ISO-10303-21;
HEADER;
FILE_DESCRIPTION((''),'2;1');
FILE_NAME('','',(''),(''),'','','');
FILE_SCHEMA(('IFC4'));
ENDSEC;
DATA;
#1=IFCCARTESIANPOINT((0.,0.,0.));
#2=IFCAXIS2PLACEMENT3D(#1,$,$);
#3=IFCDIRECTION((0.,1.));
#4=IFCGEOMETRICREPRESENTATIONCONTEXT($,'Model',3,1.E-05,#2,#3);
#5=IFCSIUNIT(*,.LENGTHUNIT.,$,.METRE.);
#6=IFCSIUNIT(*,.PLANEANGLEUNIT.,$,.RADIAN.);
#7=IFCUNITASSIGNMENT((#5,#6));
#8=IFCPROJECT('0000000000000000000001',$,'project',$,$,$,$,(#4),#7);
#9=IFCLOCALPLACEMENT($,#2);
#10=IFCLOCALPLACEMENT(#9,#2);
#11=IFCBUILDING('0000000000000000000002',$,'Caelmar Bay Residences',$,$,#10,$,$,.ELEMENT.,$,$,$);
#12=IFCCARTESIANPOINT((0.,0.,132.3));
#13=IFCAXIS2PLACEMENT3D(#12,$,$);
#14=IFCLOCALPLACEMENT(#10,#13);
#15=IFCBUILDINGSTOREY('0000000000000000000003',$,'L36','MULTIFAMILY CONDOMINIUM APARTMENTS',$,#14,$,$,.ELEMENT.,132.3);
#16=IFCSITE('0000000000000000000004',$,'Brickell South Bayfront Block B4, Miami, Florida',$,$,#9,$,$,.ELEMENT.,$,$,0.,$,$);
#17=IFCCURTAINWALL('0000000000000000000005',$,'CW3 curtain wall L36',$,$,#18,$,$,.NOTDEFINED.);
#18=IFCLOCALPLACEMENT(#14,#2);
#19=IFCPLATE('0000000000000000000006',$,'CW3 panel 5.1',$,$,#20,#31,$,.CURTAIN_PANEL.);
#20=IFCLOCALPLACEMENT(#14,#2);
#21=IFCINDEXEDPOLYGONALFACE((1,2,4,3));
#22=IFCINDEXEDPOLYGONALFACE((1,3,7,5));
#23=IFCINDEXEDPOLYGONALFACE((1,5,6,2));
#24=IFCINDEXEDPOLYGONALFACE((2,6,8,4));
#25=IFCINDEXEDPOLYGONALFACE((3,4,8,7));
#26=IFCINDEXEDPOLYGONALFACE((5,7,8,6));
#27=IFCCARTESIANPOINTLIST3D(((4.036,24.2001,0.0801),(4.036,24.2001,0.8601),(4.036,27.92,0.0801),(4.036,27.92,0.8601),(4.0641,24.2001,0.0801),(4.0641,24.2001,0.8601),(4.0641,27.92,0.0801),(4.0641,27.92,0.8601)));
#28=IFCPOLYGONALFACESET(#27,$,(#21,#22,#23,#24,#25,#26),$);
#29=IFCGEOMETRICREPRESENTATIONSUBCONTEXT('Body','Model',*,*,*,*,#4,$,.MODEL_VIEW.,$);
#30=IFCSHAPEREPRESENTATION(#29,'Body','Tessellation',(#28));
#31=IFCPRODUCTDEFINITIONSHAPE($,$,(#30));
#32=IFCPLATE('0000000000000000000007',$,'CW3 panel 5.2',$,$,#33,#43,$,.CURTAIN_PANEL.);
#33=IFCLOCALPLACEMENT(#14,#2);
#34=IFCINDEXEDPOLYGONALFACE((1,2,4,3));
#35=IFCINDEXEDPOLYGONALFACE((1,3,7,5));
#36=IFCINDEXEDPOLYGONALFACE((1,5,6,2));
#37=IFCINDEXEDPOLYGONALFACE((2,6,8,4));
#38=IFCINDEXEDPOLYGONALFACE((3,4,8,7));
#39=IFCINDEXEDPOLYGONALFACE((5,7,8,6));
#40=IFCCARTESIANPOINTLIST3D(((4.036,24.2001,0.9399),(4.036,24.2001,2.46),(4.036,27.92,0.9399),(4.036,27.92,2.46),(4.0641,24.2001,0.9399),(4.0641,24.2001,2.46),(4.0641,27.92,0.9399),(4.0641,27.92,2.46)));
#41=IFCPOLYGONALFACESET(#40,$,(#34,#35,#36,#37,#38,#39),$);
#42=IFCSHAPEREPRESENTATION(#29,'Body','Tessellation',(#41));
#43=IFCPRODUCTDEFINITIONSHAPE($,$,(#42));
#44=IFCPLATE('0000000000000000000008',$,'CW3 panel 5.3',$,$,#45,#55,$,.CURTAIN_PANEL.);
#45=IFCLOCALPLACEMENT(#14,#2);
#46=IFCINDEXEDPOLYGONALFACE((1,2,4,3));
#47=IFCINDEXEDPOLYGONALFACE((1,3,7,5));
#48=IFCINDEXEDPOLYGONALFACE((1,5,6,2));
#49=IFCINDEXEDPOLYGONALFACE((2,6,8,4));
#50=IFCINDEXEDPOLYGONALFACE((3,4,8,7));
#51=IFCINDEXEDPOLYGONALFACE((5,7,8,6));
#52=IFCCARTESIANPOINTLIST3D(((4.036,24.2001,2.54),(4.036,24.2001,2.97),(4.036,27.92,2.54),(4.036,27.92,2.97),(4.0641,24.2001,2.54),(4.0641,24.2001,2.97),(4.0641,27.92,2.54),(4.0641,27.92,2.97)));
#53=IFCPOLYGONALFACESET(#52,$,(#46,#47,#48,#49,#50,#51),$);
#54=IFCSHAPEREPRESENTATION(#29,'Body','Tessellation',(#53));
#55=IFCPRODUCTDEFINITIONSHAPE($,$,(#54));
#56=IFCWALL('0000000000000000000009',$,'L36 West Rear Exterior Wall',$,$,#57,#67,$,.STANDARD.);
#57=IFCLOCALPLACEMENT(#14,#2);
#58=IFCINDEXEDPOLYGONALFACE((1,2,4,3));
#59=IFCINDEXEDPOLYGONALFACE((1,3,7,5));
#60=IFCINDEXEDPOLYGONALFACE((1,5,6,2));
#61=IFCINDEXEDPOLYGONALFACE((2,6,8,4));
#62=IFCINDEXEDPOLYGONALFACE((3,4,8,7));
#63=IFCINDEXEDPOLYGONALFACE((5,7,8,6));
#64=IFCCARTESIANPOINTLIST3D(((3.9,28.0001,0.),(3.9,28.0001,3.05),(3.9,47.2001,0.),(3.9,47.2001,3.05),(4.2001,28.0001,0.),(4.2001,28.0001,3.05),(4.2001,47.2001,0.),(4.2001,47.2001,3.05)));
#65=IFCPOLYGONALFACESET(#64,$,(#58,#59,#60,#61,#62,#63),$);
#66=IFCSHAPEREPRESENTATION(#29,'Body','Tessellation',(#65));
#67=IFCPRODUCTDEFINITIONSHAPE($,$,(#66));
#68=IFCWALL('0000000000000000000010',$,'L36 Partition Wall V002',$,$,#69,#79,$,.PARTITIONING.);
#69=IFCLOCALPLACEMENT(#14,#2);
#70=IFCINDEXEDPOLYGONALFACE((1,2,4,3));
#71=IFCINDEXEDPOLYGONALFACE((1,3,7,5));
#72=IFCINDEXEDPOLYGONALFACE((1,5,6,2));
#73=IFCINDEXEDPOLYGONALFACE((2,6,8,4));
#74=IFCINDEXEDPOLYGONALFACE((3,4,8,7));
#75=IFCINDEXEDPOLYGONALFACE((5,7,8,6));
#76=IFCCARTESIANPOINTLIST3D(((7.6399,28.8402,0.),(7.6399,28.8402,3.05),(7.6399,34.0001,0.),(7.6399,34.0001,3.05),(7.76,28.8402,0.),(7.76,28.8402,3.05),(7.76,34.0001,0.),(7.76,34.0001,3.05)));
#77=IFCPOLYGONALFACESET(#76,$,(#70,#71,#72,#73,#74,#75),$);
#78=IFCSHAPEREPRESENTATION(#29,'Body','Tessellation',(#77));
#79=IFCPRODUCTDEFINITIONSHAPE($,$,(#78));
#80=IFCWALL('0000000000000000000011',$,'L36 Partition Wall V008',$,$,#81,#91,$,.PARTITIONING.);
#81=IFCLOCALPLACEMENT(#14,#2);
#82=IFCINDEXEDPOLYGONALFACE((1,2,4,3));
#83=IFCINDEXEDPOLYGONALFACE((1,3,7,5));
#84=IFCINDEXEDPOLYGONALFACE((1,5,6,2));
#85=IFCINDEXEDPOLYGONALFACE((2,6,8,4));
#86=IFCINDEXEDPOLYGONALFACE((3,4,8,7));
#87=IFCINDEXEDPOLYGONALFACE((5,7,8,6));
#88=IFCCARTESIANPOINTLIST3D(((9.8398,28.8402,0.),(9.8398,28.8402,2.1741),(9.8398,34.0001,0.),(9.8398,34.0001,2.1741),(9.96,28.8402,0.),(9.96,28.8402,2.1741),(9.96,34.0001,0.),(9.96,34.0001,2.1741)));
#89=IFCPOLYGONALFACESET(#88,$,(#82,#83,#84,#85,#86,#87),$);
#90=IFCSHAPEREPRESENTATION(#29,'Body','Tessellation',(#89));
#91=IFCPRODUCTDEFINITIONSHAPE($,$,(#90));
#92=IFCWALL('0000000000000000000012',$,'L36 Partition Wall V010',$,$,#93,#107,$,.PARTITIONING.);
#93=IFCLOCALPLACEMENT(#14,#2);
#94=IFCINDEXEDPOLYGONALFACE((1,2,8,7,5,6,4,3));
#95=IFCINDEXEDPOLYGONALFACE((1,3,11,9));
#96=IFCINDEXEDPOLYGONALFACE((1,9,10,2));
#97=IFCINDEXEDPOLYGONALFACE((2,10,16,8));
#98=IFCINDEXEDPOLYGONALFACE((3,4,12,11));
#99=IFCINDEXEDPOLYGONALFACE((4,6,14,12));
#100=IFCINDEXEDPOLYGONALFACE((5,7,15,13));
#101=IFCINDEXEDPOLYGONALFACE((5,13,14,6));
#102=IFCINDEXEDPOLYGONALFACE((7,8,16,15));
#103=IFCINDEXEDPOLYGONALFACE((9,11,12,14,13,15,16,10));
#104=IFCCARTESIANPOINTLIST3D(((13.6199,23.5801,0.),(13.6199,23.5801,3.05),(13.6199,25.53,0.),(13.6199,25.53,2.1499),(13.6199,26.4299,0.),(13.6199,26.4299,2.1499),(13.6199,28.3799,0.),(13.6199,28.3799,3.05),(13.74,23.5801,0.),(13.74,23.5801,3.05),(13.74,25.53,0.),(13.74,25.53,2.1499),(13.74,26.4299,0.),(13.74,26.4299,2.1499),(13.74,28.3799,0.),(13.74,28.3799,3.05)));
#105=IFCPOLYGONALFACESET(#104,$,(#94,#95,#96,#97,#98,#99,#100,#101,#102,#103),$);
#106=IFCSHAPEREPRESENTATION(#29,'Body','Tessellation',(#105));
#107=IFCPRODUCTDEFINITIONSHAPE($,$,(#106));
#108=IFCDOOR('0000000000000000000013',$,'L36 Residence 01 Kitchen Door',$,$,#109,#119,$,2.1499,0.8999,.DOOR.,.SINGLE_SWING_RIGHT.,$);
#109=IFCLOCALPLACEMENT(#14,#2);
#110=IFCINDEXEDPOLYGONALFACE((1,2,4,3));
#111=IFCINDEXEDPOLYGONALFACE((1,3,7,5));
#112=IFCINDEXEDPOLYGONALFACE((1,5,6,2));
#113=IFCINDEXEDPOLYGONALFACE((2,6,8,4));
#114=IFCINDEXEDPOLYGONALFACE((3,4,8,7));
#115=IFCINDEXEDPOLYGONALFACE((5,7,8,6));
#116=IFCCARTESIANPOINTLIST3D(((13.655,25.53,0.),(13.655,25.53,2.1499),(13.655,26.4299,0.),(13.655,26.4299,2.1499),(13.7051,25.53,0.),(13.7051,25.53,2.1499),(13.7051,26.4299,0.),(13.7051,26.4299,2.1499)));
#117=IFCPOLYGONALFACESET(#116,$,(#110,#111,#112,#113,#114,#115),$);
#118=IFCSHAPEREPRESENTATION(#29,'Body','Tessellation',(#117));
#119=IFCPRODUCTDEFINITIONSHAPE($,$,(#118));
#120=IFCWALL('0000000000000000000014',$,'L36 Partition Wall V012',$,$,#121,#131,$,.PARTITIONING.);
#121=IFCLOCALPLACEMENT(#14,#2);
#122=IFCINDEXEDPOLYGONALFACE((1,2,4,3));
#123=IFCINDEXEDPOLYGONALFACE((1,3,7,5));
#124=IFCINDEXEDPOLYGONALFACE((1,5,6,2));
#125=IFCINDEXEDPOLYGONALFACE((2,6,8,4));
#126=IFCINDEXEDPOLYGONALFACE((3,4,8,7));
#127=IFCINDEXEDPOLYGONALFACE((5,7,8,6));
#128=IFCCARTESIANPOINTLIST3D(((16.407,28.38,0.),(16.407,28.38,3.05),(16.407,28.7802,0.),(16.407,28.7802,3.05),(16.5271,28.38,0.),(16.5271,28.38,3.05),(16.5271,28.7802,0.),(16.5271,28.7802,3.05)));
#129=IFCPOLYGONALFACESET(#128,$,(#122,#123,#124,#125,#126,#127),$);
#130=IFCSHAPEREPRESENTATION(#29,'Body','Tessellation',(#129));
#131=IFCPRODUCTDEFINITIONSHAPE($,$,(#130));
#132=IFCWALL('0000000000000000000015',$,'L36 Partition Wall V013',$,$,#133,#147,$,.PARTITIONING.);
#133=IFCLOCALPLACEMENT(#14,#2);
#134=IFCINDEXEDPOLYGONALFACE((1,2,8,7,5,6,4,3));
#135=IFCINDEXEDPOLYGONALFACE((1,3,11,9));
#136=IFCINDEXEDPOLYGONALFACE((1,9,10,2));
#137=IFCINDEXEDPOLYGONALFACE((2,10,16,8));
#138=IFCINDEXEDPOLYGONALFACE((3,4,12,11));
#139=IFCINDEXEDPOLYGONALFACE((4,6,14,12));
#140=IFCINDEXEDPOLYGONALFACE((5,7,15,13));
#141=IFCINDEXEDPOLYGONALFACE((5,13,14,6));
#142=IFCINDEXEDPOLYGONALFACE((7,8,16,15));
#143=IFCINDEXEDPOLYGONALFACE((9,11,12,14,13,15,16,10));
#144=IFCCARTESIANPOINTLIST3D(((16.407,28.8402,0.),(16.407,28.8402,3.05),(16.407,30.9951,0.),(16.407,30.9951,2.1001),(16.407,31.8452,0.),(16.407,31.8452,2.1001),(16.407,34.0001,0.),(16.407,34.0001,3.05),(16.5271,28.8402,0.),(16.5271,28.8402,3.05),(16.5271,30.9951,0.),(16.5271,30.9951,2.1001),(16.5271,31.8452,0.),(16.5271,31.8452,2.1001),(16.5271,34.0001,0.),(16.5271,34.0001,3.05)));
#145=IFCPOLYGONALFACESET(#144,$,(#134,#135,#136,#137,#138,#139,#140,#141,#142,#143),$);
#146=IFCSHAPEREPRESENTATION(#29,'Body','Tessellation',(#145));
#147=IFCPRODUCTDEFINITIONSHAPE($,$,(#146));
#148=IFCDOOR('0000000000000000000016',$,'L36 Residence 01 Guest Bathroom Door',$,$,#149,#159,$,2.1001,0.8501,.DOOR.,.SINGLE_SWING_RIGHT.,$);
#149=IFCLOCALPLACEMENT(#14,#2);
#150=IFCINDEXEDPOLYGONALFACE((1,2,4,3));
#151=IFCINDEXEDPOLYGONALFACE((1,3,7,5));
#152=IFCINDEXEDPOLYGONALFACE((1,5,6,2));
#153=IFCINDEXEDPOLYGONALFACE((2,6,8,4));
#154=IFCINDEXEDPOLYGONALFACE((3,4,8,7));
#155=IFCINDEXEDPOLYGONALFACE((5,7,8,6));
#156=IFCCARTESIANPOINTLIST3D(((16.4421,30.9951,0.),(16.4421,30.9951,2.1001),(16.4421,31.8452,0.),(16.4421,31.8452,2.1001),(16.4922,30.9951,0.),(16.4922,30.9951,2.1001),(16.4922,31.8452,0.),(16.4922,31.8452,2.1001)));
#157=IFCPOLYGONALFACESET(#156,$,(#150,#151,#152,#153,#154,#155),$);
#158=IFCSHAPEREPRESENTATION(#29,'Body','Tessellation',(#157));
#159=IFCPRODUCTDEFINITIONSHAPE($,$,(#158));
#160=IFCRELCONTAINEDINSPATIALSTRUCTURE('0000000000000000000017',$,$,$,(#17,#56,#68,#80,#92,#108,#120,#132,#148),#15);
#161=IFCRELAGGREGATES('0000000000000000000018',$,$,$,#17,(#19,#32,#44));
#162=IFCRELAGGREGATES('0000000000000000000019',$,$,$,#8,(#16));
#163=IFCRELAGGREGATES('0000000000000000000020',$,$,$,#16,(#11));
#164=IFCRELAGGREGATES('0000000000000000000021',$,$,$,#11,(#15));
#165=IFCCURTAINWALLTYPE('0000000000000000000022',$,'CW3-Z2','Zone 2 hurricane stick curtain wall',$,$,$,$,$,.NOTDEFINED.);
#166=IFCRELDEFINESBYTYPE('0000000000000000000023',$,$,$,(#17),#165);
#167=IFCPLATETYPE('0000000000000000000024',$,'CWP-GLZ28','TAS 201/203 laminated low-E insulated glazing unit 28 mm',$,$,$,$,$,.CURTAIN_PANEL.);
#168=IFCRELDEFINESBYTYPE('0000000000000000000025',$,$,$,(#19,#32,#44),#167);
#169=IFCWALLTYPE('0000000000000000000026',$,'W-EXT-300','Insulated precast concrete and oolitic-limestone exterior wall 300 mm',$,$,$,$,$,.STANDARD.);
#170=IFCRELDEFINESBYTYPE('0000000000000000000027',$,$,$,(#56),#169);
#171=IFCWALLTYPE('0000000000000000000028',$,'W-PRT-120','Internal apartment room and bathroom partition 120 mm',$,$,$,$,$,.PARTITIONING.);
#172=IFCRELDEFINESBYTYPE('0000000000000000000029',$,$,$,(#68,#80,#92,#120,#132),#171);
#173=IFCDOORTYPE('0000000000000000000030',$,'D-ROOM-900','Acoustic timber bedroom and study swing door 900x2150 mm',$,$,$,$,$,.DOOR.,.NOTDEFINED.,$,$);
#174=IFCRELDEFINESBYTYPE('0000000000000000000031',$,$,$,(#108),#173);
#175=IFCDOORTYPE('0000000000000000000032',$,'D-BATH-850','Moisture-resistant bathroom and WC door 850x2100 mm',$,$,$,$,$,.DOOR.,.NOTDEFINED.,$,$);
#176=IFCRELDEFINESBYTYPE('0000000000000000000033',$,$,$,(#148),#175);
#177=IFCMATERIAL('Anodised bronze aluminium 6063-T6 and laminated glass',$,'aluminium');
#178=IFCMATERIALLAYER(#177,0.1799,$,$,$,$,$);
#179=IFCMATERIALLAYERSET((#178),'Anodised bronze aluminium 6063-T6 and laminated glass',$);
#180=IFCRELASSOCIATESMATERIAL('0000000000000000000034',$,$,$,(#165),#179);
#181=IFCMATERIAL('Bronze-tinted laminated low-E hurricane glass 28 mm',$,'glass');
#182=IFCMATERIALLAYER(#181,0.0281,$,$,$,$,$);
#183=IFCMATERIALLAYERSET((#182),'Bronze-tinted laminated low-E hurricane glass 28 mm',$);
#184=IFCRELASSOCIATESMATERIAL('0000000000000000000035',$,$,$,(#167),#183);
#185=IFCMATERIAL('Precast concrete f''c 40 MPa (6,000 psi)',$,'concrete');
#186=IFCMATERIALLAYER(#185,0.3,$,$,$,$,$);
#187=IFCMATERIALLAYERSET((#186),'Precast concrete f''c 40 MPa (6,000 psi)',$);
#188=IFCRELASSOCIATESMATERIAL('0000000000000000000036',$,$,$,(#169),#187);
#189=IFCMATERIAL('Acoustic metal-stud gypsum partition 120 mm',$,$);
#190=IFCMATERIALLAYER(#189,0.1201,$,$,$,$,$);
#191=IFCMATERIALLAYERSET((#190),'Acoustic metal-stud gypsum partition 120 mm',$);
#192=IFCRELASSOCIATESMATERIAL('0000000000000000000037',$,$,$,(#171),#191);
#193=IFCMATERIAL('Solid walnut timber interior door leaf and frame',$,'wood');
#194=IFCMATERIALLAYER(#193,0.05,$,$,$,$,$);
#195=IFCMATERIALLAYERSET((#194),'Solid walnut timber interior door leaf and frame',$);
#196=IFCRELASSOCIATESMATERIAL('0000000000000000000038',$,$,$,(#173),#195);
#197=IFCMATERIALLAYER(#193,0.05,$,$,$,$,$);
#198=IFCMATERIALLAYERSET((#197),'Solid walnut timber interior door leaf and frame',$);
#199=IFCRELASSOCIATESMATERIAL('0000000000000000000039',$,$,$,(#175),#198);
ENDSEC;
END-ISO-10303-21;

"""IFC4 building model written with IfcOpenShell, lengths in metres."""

from ifc_helpers import new_model, si_unit, direction, frame, frame_2d, origin, origin_2d, place, context, subcontext, project, spatial, rectangle, extrude, material, layer, layer_set, type_object, element, fill, aggregate, save


model = new_model("IFC4")

# Units and contexts
model_context = context("Model", 3, precision=1e-05, world=origin(), true_north=direction((0.0, 1.0)))
body_context = subcontext(model_context, "Body", "Model", "MODEL_VIEW")
ifc_project = project(units=[si_unit("LENGTHUNIT", "METRE"), si_unit("PLANEANGLEUNIT", "RADIAN")], contexts=[model_context])

# Site, building, storey
site_placement = place(None, origin())
site = spatial("IfcSite", under=ifc_project, at=site_placement, Name="Brickell South Bayfront Block B4, Miami, Florida", CompositionType="ELEMENT", RefElevation=0.0)
building_placement = place(site_placement, origin())
building = spatial("IfcBuilding", under=site, at=building_placement, Name="Caelmar Bay Residences", CompositionType="ELEMENT")
storey_placement = place(building_placement, frame((0.0, 0.0, 132.3)))
storey = spatial("IfcBuildingStorey", under=building, at=storey_placement, Name="L36", Description="MULTIFAMILY CONDOMINIUM APARTMENTS", CompositionType="ELEMENT", Elevation=132.3)

# Curtain wall, plates
ifc_material_1 = material(Name="Anodised bronze aluminium 6063-T6 and laminated glass", Category="aluminium")
ifc_layer_1 = layer(ifc_material_1, 0.1799)
ifc_layer_set_1 = layer_set([ifc_layer_1], Name="Anodised bronze aluminium 6063-T6 and laminated glass")
curtain_wall_type = type_object("IfcCurtainWallType", Name="CW3-Z2", Description="Zone 2 hurricane stick curtain wall", PredefinedType="NOTDEFINED", material=ifc_layer_set_1)
curtain_wall_placement = place(storey_placement, origin())
curtain_wall = element("IfcCurtainWall", 1, at=curtain_wall_placement, inside=storey, type_object=curtain_wall_type, Name="CW3 curtain wall L36", PredefinedType="NOTDEFINED")
ifc_material_2 = material(Name="Bronze-tinted laminated low-E hurricane glass 28 mm", Category="glass")
ifc_layer_2 = layer(ifc_material_2, 0.0281)
ifc_layer_set_2 = layer_set([ifc_layer_2], Name="Bronze-tinted laminated low-E hurricane glass 28 mm")
plate_type = type_object("IfcPlateType", Name="CWP-GLZ28", Description="TAS 201/203 laminated low-E insulated glazing unit 28 mm", PredefinedType="CURTAIN_PANEL", material=ifc_layer_set_2)
plate_1_placement = place(storey_placement, frame((4.05, 26.0601, 0.0801), z_axis=(0.0, 0.0, 1.0), x_axis=(0.0, 1.0, 0.0)))
plate_1 = element("IfcPlate", 2, at=plate_1_placement, type_object=plate_type, Name="CW3 panel 5.1", PredefinedType="CURTAIN_PANEL", context=body_context, shape_type="SweptSolid", body=[
    extrude(rectangle(XDim=3.72, YDim=0.0281, at=origin_2d()), origin(), (0.0, 0.0, 1.0), 0.78),
])
plate_2_placement = place(storey_placement, frame((4.05, 26.0601, 0.9399), z_axis=(0.0, 0.0, 1.0), x_axis=(0.0, 1.0, 0.0)))
plate_2 = element("IfcPlate", 3, at=plate_2_placement, type_object=plate_type, Name="CW3 panel 5.2", PredefinedType="CURTAIN_PANEL", context=body_context, shape_type="SweptSolid", body=[
    extrude(rectangle(XDim=3.72, YDim=0.0281, at=origin_2d()), origin(), (0.0, 0.0, 1.0), 1.52),
])
plate_3_placement = place(storey_placement, frame((4.05, 26.0601, 2.54), z_axis=(0.0, 0.0, 1.0), x_axis=(0.0, 1.0, 0.0)))
plate_3 = element("IfcPlate", 4, at=plate_3_placement, type_object=plate_type, Name="CW3 panel 5.3", PredefinedType="CURTAIN_PANEL", context=body_context, shape_type="SweptSolid", body=[
    extrude(rectangle(XDim=3.72, YDim=0.0281, at=origin_2d()), origin(), (0.0, 0.0, 1.0), 0.4299),
])
aggregate(curtain_wall, [plate_1, plate_2, plate_3])

# Walls
ifc_material_3 = material(Name="Precast concrete f'c 40 MPa (6,000 psi)", Category="concrete")
ifc_layer_3 = layer(ifc_material_3, 0.3)
ifc_layer_set_3 = layer_set([ifc_layer_3], Name="Precast concrete f'c 40 MPa (6,000 psi)")
wall_type_1 = type_object("IfcWallType", Name="W-EXT-300", Description="Insulated precast concrete and oolitic-limestone exterior wall 300 mm", PredefinedType="STANDARD", material=ifc_layer_set_3)
wall_1_placement = place(storey_placement, frame((4.05, 28.0, 0.0), z_axis=(0.0, 0.0, 1.0), x_axis=(0.0, 1.0, 0.0)))
element("IfcWall", 5, at=wall_1_placement, inside=storey, type_object=wall_type_1, Name="L36 West Rear Exterior Wall", PredefinedType="STANDARD", context=body_context, shape_type="SweptSolid", body=[
    extrude(rectangle(XDim=19.2, YDim=0.3, at=frame_2d((9.6001, 0.0))), origin(), (0.0, 0.0, 1.0), 3.05),
])
ifc_material_4 = material(Name="Acoustic metal-stud gypsum partition 120 mm")
ifc_layer_4 = layer(ifc_material_4, 0.1201)
ifc_layer_set_4 = layer_set([ifc_layer_4], Name="Acoustic metal-stud gypsum partition 120 mm")
wall_type_2 = type_object("IfcWallType", Name="W-PRT-120", Description="Internal apartment room and bathroom partition 120 mm", PredefinedType="PARTITIONING", material=ifc_layer_set_4)
wall_2_placement = place(storey_placement, frame((7.7, 28.8401, 0.0), z_axis=(0.0, 0.0, 1.0), x_axis=(0.0, 1.0, 0.0)))
element("IfcWall", 6, at=wall_2_placement, inside=storey, type_object=wall_type_2, Name="L36 Partition Wall V002", PredefinedType="PARTITIONING", context=body_context, shape_type="SweptSolid", body=[
    extrude(rectangle(XDim=5.1599, YDim=0.1201, at=frame_2d((2.5801, 0.0))), origin(), (0.0, 0.0, 1.0), 3.05),
])
wall_3_placement = place(storey_placement, frame((9.8999, 28.8401, 0.0), z_axis=(0.0, 0.0, 1.0), x_axis=(0.0, 1.0, 0.0)))
element("IfcWall", 7, at=wall_3_placement, inside=storey, type_object=wall_type_2, Name="L36 Partition Wall V008", PredefinedType="PARTITIONING", context=body_context, shape_type="SweptSolid", body=[
    extrude(rectangle(XDim=5.1599, YDim=0.1201, at=frame_2d((2.5801, 0.0))), origin(), (0.0, 0.0, 1.0), 2.1741),
])

# Wall, opening, door
wall_4_placement = place(storey_placement, frame((13.6799, 23.5801, 0.0), z_axis=(0.0, 0.0, 1.0), x_axis=(0.0, 1.0, 0.0)))
wall_4 = element("IfcWall", 8, at=wall_4_placement, inside=storey, type_object=wall_type_2, Name="L36 Partition Wall V010", PredefinedType="PARTITIONING", context=body_context, shape_type="SweptSolid", body=[
    extrude(rectangle(XDim=4.7998, YDim=0.1201, at=frame_2d((2.3999, 0.0))), origin(), (0.0, 0.0, 1.0), 3.05),
])
opening_1_placement = place(wall_4_placement, frame((1.95, 0.0, 0.0)))
opening_1 = element("IfcOpeningElement", 9, at=opening_1_placement, cuts=wall_4, PredefinedType="OPENING", context=body_context, shape_type="SweptSolid", body=[
    extrude(rectangle(XDim=0.8999, YDim=2.1499, at=frame_2d((0.45, 1.075))), frame((0.0, 0.0701, 0.0), z_axis=(0.0, -1.0, 0.0), x_axis=(1.0, 0.0, 0.0)), (0.0, 0.0, 1.0), 0.1401),
])
ifc_material_5 = material(Name="Solid walnut timber interior door leaf and frame", Category="wood")
ifc_layer_5 = layer(ifc_material_5, 0.05)
ifc_layer_set_5 = layer_set([ifc_layer_5], Name="Solid walnut timber interior door leaf and frame")
door_type_1 = type_object("IfcDoorType", Name="D-ROOM-900", Description="Acoustic timber bedroom and study swing door 900x2150 mm", OperationType="NOTDEFINED", PredefinedType="DOOR", material=ifc_layer_set_5)
door_1_placement = place(opening_1_placement, origin())
door_1 = element("IfcDoor", 10, at=door_1_placement, inside=storey, type_object=door_type_1, Name="L36 Residence 01 Kitchen Door", OperationType="SINGLE_SWING_RIGHT", OverallHeight=2.1499, OverallWidth=0.8999, PredefinedType="DOOR", context=body_context, shape_type="SweptSolid", body=[
    extrude(rectangle(XDim=0.8999, YDim=2.1499, at=frame_2d((0.45, 1.075))), frame((0.0, 0.0249, 0.0), z_axis=(0.0, -1.0, 0.0), x_axis=(1.0, 0.0, 0.0)), (0.0, 0.0, 1.0), 0.05),
])
fill(opening_1, door_1)

# Wall
wall_5_placement = place(storey_placement, frame((16.467, 28.3799, 0.0), z_axis=(0.0, 0.0, 1.0), x_axis=(0.0, 1.0, 0.0)))
element("IfcWall", 11, at=wall_5_placement, inside=storey, type_object=wall_type_2, Name="L36 Partition Wall V012", PredefinedType="PARTITIONING", context=body_context, shape_type="SweptSolid", body=[
    extrude(rectangle(XDim=0.4001, YDim=0.1201, at=frame_2d((0.2002, 0.0))), origin(), (0.0, 0.0, 1.0), 3.05),
])

# Wall, opening, door
wall_6_placement = place(storey_placement, frame((16.467, 28.8401, 0.0), z_axis=(0.0, 0.0, 1.0), x_axis=(0.0, 1.0, 0.0)))
wall_6 = element("IfcWall", 12, at=wall_6_placement, inside=storey, type_object=wall_type_2, Name="L36 Partition Wall V013", PredefinedType="PARTITIONING", context=body_context, shape_type="SweptSolid", body=[
    extrude(rectangle(XDim=5.1599, YDim=0.1201, at=frame_2d((2.5801, 0.0))), origin(), (0.0, 0.0, 1.0), 3.05),
])
opening_2_placement = place(wall_6_placement, frame((2.155, 0.0, 0.0)))
opening_2 = element("IfcOpeningElement", 13, at=opening_2_placement, cuts=wall_6, PredefinedType="OPENING", context=body_context, shape_type="SweptSolid", body=[
    extrude(rectangle(XDim=0.8501, YDim=2.1001, at=frame_2d((0.425, 1.05))), frame((0.0, 0.0701, 0.0), z_axis=(0.0, -1.0, 0.0), x_axis=(1.0, 0.0, 0.0)), (0.0, 0.0, 1.0), 0.1401),
])
ifc_layer_6 = layer(ifc_material_5, 0.05)
ifc_layer_set_6 = layer_set([ifc_layer_6], Name="Solid walnut timber interior door leaf and frame")
door_type_2 = type_object("IfcDoorType", Name="D-BATH-850", Description="Moisture-resistant bathroom and WC door 850x2100 mm", OperationType="NOTDEFINED", PredefinedType="DOOR", material=ifc_layer_set_6)
door_2_placement = place(opening_2_placement, origin())
door_2 = element("IfcDoor", 14, at=door_2_placement, inside=storey, type_object=door_type_2, Name="L36 Residence 01 Guest Bathroom Door", OperationType="SINGLE_SWING_RIGHT", OverallHeight=2.1001, OverallWidth=0.8501, PredefinedType="DOOR", context=body_context, shape_type="SweptSolid", body=[
    extrude(rectangle(XDim=0.8501, YDim=2.1001, at=frame_2d((0.425, 1.05))), frame((0.0, 0.0249, 0.0), z_axis=(0.0, -1.0, 0.0), x_axis=(1.0, 0.0, 0.0)), (0.0, 0.0, 1.0), 0.05),
])
fill(opening_2, door_2)

save(model, "model.ifc")
